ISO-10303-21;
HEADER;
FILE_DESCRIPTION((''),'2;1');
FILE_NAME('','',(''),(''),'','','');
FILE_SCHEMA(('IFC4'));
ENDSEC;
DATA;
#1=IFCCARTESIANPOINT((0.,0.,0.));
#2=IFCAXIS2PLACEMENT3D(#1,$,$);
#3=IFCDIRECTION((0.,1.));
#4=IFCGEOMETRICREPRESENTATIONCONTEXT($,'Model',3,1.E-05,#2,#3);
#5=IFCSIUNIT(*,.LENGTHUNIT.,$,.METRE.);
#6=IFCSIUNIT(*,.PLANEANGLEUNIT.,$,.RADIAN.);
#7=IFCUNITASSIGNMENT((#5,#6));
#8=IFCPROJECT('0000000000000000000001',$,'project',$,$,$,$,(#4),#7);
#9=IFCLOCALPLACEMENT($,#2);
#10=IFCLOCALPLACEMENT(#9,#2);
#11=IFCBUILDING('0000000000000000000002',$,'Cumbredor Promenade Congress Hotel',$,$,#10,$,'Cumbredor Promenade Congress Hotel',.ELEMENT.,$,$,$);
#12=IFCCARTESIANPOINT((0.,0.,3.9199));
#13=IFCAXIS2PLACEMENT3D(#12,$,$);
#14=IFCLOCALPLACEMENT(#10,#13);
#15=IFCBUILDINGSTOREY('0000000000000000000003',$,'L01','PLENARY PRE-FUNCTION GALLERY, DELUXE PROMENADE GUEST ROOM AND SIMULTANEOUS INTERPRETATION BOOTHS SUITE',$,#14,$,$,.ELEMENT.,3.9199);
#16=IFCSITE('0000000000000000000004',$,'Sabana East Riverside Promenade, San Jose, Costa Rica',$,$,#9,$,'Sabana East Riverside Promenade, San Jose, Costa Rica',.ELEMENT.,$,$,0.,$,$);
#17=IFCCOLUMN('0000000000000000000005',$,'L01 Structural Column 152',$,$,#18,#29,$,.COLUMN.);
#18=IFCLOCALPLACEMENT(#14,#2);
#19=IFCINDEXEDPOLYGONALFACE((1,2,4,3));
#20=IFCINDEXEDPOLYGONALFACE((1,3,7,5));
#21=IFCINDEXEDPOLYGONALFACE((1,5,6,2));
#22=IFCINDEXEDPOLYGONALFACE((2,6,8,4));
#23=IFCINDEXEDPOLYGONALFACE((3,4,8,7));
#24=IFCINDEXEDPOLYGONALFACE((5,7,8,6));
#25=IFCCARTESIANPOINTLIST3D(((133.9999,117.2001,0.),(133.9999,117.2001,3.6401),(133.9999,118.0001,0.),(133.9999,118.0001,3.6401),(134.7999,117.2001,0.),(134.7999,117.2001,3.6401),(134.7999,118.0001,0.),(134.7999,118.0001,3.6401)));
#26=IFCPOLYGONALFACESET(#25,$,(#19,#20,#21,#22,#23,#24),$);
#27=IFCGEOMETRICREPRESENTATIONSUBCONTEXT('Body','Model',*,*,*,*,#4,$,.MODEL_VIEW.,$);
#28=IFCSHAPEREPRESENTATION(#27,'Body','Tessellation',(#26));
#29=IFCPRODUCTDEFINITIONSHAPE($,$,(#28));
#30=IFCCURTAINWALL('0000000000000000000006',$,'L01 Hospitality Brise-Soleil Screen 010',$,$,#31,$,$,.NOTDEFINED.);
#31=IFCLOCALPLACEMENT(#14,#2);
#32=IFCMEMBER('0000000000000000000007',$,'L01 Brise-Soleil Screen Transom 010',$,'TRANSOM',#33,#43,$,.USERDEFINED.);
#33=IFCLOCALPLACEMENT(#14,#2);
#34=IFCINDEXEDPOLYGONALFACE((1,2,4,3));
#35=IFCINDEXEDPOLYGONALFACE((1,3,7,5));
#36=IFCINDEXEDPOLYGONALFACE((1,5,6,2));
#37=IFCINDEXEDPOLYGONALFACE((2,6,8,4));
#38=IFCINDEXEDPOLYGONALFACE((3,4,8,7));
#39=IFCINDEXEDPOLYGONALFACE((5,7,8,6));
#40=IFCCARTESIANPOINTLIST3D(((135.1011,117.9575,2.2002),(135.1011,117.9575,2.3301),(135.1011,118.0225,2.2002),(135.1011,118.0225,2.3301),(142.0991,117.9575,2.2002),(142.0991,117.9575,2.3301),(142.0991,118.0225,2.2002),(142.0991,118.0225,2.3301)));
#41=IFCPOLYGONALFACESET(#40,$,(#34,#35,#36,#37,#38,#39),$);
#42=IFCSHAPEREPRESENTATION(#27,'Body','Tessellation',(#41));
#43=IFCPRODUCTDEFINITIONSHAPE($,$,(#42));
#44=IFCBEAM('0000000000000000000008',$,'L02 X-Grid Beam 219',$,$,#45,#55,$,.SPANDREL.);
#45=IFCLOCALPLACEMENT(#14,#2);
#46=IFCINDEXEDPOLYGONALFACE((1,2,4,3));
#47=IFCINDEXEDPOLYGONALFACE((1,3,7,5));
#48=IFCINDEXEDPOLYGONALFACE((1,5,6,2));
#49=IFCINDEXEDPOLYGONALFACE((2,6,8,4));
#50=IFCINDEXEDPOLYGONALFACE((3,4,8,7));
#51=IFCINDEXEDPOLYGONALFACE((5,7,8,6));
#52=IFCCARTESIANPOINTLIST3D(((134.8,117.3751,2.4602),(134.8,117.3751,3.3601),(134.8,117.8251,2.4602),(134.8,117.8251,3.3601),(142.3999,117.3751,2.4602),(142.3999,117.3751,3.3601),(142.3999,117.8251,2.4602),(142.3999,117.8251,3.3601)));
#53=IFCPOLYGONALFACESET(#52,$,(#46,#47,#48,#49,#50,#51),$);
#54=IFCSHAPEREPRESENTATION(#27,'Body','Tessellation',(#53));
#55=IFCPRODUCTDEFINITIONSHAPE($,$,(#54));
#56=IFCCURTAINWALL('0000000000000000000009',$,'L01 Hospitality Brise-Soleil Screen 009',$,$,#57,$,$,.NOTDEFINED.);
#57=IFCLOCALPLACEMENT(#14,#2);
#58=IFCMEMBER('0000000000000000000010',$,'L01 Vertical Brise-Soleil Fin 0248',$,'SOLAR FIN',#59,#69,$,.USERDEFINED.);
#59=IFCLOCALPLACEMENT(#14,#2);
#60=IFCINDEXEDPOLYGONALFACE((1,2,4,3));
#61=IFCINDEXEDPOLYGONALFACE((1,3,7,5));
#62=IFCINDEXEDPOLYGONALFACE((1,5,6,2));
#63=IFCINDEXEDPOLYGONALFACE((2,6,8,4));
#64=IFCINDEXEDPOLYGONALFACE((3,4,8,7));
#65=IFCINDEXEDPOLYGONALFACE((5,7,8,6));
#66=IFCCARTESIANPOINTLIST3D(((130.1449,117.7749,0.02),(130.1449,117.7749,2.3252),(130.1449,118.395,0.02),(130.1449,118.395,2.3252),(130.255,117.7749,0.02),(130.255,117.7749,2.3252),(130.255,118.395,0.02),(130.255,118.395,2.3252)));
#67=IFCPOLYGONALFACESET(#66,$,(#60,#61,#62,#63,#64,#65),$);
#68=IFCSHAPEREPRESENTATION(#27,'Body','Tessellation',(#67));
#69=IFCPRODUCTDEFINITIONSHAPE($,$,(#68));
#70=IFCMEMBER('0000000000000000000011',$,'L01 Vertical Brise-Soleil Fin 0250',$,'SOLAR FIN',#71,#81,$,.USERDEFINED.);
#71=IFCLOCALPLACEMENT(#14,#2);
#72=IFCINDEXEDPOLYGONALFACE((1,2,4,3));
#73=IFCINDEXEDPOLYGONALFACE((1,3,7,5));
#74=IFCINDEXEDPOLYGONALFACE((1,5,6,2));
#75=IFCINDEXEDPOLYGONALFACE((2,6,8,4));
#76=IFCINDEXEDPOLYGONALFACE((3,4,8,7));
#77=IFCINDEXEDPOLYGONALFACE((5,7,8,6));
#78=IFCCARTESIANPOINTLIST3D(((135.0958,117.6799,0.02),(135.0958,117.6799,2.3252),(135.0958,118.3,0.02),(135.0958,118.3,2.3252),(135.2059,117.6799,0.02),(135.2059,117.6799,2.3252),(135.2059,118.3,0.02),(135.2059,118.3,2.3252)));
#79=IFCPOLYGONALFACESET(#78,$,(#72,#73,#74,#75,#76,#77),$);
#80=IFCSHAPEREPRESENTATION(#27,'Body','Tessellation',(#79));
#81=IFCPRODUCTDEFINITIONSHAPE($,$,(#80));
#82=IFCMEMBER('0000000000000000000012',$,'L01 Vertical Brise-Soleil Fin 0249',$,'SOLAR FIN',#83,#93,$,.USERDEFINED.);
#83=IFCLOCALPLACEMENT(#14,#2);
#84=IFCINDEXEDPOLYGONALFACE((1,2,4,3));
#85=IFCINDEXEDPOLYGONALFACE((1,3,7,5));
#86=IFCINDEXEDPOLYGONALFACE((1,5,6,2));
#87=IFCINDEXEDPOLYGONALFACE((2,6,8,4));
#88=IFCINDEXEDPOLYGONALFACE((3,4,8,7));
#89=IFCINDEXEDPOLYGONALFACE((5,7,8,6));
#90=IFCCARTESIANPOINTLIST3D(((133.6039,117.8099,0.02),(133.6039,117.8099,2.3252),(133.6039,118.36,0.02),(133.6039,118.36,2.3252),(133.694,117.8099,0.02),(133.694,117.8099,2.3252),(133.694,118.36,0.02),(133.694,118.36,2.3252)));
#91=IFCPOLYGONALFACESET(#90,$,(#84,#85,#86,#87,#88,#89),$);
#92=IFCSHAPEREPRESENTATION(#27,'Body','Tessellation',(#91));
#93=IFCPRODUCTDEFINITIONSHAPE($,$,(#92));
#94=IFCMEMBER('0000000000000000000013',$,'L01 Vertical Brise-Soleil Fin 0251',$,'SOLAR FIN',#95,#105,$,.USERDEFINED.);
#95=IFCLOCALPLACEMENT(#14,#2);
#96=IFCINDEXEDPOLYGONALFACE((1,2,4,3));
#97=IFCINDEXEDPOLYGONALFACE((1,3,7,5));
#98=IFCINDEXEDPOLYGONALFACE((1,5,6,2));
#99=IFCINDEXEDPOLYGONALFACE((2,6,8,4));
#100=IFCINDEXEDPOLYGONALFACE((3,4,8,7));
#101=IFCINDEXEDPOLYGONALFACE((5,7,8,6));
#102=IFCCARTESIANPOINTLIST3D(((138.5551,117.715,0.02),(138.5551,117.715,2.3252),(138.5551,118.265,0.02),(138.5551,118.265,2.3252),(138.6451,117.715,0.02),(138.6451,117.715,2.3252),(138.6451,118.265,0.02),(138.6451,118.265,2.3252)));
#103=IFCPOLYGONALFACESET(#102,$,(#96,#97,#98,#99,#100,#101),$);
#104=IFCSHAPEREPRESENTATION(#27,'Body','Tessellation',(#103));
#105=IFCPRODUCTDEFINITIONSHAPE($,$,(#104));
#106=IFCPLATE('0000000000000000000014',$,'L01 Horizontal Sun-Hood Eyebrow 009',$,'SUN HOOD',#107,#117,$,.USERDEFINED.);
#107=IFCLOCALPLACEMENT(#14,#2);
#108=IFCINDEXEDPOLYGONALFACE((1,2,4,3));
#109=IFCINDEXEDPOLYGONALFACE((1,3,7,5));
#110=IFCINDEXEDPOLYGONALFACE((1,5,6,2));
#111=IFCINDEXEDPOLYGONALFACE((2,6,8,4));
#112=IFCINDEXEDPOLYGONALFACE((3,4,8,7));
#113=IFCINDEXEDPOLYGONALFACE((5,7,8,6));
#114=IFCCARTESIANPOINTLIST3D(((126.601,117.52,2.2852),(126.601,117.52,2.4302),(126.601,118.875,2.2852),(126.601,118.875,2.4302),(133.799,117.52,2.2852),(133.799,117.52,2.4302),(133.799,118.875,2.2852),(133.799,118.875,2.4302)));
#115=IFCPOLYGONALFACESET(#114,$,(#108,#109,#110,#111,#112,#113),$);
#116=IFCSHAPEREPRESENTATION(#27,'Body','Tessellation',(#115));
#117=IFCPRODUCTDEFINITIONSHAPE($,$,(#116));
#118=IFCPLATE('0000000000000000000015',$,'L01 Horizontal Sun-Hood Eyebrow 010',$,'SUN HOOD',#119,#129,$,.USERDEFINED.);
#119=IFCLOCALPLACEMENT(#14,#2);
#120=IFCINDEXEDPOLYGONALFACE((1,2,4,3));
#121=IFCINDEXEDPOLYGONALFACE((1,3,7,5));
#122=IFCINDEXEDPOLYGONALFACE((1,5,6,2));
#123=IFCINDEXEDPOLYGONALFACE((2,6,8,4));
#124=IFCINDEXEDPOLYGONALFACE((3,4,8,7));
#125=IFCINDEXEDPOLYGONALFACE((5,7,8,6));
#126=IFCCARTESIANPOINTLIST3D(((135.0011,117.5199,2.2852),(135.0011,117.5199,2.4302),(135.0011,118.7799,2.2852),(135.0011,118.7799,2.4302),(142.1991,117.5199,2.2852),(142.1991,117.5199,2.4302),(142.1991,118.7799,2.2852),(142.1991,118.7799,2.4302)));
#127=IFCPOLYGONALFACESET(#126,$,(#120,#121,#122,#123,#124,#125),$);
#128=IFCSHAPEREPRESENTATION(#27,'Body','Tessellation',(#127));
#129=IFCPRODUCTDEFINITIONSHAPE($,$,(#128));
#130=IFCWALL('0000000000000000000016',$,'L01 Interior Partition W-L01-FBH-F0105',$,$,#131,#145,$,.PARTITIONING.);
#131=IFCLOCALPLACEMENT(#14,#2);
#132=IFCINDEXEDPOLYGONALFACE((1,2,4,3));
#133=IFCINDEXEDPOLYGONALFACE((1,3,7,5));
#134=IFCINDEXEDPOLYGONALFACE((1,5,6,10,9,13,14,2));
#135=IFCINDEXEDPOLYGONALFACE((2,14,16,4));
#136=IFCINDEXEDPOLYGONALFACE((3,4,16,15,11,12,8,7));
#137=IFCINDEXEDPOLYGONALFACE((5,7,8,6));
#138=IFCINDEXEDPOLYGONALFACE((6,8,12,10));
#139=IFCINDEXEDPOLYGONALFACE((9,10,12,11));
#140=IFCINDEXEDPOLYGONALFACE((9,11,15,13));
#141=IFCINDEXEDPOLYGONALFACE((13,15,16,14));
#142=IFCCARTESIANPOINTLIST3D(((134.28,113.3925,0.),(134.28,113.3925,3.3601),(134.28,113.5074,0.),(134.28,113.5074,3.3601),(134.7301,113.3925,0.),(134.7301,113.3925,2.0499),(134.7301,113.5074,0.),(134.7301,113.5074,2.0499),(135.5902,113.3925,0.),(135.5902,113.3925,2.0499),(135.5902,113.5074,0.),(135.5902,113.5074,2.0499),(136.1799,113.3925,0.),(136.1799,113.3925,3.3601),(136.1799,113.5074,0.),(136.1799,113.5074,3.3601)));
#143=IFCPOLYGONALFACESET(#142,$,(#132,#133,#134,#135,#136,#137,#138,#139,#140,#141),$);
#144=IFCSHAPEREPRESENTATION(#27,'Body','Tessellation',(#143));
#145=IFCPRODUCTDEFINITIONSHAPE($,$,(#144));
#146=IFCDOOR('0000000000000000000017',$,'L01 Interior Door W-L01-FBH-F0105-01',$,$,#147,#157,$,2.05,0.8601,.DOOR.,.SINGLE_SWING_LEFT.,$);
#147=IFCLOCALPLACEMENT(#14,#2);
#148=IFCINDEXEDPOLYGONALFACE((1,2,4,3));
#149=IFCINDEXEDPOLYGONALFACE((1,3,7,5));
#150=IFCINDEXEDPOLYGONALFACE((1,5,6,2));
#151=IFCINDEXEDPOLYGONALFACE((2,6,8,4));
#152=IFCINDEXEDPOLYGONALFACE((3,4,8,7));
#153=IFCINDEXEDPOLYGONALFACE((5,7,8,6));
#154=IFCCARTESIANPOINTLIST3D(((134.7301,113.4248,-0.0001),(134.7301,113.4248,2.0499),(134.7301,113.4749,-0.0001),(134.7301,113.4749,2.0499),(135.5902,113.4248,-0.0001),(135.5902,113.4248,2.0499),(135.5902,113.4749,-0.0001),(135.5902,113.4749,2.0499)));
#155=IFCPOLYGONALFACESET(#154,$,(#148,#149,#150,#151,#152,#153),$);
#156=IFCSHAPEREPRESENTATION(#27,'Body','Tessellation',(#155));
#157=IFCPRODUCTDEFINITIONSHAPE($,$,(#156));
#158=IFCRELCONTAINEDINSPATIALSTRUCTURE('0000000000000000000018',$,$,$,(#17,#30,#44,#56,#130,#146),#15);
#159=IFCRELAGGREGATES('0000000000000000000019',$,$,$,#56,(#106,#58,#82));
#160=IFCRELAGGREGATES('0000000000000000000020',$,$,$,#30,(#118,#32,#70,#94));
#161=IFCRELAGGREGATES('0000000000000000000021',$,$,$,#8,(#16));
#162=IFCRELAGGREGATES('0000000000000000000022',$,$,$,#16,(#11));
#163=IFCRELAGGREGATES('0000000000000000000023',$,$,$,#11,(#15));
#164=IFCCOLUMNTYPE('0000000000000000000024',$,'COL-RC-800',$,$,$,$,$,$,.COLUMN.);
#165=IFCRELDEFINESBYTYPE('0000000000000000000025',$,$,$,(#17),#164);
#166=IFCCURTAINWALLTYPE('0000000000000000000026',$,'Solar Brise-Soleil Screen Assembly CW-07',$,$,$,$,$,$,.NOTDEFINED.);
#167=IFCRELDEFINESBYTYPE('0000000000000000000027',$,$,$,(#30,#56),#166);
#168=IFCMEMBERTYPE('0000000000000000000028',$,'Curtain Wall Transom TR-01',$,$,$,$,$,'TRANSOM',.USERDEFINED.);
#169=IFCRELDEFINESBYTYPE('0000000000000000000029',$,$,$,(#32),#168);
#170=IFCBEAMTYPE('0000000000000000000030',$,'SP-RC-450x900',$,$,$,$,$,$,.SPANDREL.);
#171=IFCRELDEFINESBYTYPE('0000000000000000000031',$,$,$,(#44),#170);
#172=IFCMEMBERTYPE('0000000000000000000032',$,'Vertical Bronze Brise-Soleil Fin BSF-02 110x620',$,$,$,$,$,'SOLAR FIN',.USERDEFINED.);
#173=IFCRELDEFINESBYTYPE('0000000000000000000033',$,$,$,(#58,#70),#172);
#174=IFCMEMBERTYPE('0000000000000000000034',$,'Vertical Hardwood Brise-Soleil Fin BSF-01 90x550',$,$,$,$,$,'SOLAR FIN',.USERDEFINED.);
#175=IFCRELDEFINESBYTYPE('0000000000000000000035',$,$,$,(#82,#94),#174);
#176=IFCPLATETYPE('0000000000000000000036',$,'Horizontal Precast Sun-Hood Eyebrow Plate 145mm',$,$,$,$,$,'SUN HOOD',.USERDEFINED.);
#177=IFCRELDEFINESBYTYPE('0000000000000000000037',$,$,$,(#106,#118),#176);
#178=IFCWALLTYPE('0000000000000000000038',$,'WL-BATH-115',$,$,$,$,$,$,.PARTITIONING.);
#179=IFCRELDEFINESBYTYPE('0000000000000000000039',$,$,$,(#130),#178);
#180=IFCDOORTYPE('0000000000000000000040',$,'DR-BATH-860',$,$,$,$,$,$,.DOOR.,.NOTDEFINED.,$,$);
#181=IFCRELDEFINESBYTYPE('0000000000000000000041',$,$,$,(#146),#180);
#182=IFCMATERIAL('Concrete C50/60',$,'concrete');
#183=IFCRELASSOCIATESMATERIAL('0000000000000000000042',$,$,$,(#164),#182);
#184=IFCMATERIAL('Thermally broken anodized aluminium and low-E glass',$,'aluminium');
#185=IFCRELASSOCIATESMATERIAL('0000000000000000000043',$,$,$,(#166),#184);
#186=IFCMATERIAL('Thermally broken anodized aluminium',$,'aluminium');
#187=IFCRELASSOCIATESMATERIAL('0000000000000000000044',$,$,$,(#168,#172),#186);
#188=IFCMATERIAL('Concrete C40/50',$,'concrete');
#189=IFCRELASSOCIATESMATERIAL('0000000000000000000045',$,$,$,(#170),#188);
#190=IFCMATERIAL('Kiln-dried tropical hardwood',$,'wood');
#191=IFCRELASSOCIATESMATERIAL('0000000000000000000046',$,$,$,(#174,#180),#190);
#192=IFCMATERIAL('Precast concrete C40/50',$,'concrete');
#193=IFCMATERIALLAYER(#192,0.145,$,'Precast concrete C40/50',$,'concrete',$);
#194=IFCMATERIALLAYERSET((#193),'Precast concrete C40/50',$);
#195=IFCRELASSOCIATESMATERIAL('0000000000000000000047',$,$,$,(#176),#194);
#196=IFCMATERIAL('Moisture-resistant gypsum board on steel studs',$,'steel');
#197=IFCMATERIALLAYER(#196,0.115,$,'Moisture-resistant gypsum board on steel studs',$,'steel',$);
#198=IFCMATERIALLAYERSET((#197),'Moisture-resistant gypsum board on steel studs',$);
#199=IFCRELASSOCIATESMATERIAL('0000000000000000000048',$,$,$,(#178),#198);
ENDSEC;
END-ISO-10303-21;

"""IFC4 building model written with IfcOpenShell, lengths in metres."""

from ifc_helpers import new_model, si_unit, direction, frame, frame_2d, origin, origin_2d, place, context, subcontext, project, spatial, rectangle, extrude, material, layer, layer_set, material_profile, profile_set, type_object, element, fill, aggregate, save


model = new_model("IFC4")

# Units and contexts
model_context = context("Model", 3, precision=1e-05, world=origin(), true_north=direction((0.0, 1.0)))
body_context = subcontext(model_context, "Body", "Model", "MODEL_VIEW")
ifc_project = project(units=[si_unit("LENGTHUNIT", "METRE"), si_unit("PLANEANGLEUNIT", "RADIAN")], contexts=[model_context])

# Site, building, storey
site_placement = place(None, origin())
site = spatial("IfcSite", under=ifc_project, at=site_placement, Name="Sabana East Riverside Promenade, San Jose, Costa Rica", LongName="Sabana East Riverside Promenade, San Jose, Costa Rica", CompositionType="ELEMENT", RefElevation=0.0)
building_placement = place(site_placement, origin())
building = spatial("IfcBuilding", under=site, at=building_placement, Name="Cumbredor Promenade Congress Hotel", LongName="Cumbredor Promenade Congress Hotel", CompositionType="ELEMENT")
storey_placement = place(building_placement, frame((0.0, 0.0, 3.9199)))
storey = spatial("IfcBuildingStorey", under=building, at=storey_placement, Name="L01", Description="PLENARY PRE-FUNCTION GALLERY, DELUXE PROMENADE GUEST ROOM AND SIMULTANEOUS INTERPRETATION BOOTHS SUITE", CompositionType="ELEMENT", Elevation=3.9199)

# Column
ifc_material_1 = material(Name="Concrete C50/60", Category="concrete")
ifc_material_profile_1 = material_profile(ifc_material_1, rectangle(XDim=0.8, YDim=0.8, at=origin_2d()), Name="RC 800x800")
ifc_profile_set_1 = profile_set([ifc_material_profile_1], Name="Concrete C50/60")
column_type = type_object("IfcColumnType", Name="COL-RC-800", PredefinedType="COLUMN", material=ifc_profile_set_1)
column_placement = place(storey_placement, frame((134.3999, 117.6001, 0.0), z_axis=(0.0, 0.0, 1.0), x_axis=(1.0, 0.0, 0.0)))
element("IfcColumn", 1, at=column_placement, inside=storey, type_object=column_type, Name="L01 Structural Column 152", PredefinedType="COLUMN", context=body_context, shape_type="SweptSolid", body=[
    extrude(rectangle(XDim=0.8, YDim=0.8, at=origin_2d()), origin(), (0.0, 0.0, 1.0), 3.6401),
])

# Curtain wall, member
ifc_material_2 = material(Name="Thermally broken anodized aluminium and low-E glass", Category="aluminium")
curtain_wall_type = type_object("IfcCurtainWallType", Name="Solar Brise-Soleil Screen Assembly CW-07", PredefinedType="NOTDEFINED", material=ifc_material_2)
curtain_wall_1_placement = place(storey_placement, origin())
curtain_wall_1 = element("IfcCurtainWall", 2, at=curtain_wall_1_placement, inside=storey, type_object=curtain_wall_type, Name="L01 Hospitality Brise-Soleil Screen 010", PredefinedType="NOTDEFINED")
ifc_material_3 = material(Name="Thermally broken anodized aluminium", Category="aluminium")
ifc_material_profile_2 = material_profile(ifc_material_3, rectangle(XDim=0.0649, YDim=0.1299, at=origin_2d()), Name="ALU TRANSOM 65x130")
ifc_profile_set_2 = profile_set([ifc_material_profile_2], Name="Thermally broken anodized aluminium")
member_type_1 = type_object("IfcMemberType", Name="Curtain Wall Transom TR-01", ElementType="TRANSOM", PredefinedType="USERDEFINED", material=ifc_profile_set_2)
member_1_placement = place(storey_placement, frame((135.1011, 117.99, 2.2651), z_axis=(1.0, 0.0, 0.0), x_axis=(0.0, 1.0, 0.0)))
member_1 = element("IfcMember", 3, at=member_1_placement, type_object=member_type_1, Name="L01 Brise-Soleil Screen Transom 010", ObjectType="TRANSOM", PredefinedType="USERDEFINED", context=body_context, shape_type="SweptSolid", body=[
    extrude(rectangle(XDim=0.0649, YDim=0.1299, at=origin_2d()), origin(), (0.0, 0.0, 1.0), 6.998),
])

# Beam
ifc_material_4 = material(Name="Concrete C40/50", Category="concrete")
ifc_material_profile_3 = material_profile(ifc_material_4, rectangle(XDim=0.45, YDim=0.8999, at=origin_2d()), Name="RC SPANDREL 450x900")
ifc_profile_set_3 = profile_set([ifc_material_profile_3], Name="Concrete C40/50")
beam_type = type_object("IfcBeamType", Name="SP-RC-450x900", PredefinedType="SPANDREL", material=ifc_profile_set_3)
beam_placement = place(storey_placement, frame((134.8, 117.6001, 2.9102), z_axis=(1.0, 0.0, 0.0), x_axis=(0.0, 1.0, 0.0)))
element("IfcBeam", 4, at=beam_placement, inside=storey, type_object=beam_type, Name="L02 X-Grid Beam 219", PredefinedType="SPANDREL", context=body_context, shape_type="SweptSolid", body=[
    extrude(rectangle(XDim=0.45, YDim=0.8999, at=origin_2d()), origin(), (0.0, 0.0, 1.0), 7.5999),
])

# Curtain wall, member
curtain_wall_2_placement = place(storey_placement, origin())
curtain_wall_2 = element("IfcCurtainWall", 5, at=curtain_wall_2_placement, inside=storey, type_object=curtain_wall_type, Name="L01 Hospitality Brise-Soleil Screen 009", PredefinedType="NOTDEFINED")
ifc_material_profile_4 = material_profile(ifc_material_3, rectangle(XDim=0.1101, YDim=0.6201, at=origin_2d()), Name="ARCH FIN 110x620")
ifc_profile_set_4 = profile_set([ifc_material_profile_4], Name="Thermally broken anodized aluminium")
member_type_2 = type_object("IfcMemberType", Name="Vertical Bronze Brise-Soleil Fin BSF-02 110x620", ElementType="SOLAR FIN", PredefinedType="USERDEFINED", material=ifc_profile_set_4)
member_2_placement = place(storey_placement, frame((130.2, 118.085, 0.02), z_axis=(0.0, 0.0, 1.0), x_axis=(1.0, 0.0, 0.0)))
member_2 = element("IfcMember", 6, at=member_2_placement, type_object=member_type_2, Name="L01 Vertical Brise-Soleil Fin 0248", ObjectType="SOLAR FIN", PredefinedType="USERDEFINED", context=body_context, shape_type="SweptSolid", body=[
    extrude(rectangle(XDim=0.1101, YDim=0.6201, at=origin_2d()), origin(), (0.0, 0.0, 1.0), 2.3052),
])

# Members
member_3_placement = place(storey_placement, frame((135.1509, 117.99, 0.02), z_axis=(0.0, 0.0, 1.0), x_axis=(1.0, 0.0, 0.0)))
member_3 = element("IfcMember", 7, at=member_3_placement, type_object=member_type_2, Name="L01 Vertical Brise-Soleil Fin 0250", ObjectType="SOLAR FIN", PredefinedType="USERDEFINED", context=body_context, shape_type="SweptSolid", body=[
    extrude(rectangle(XDim=0.1101, YDim=0.6201, at=origin_2d()), origin(), (0.0, 0.0, 1.0), 2.3052),
])
ifc_material_5 = material(Name="Kiln-dried tropical hardwood", Category="wood")
ifc_material_profile_5 = material_profile(ifc_material_5, rectangle(XDim=0.0901, YDim=0.55, at=origin_2d()), Name="ARCH FIN 90x550")
ifc_profile_set_5 = profile_set([ifc_material_profile_5], Name="Kiln-dried tropical hardwood")
member_type_3 = type_object("IfcMemberType", Name="Vertical Hardwood Brise-Soleil Fin BSF-01 90x550", ElementType="SOLAR FIN", PredefinedType="USERDEFINED", material=ifc_profile_set_5)
member_4_placement = place(storey_placement, frame((133.6489, 118.085, 0.02), z_axis=(0.0, 0.0, 1.0), x_axis=(1.0, 0.0, 0.0)))
member_4 = element("IfcMember", 8, at=member_4_placement, type_object=member_type_3, Name="L01 Vertical Brise-Soleil Fin 0249", ObjectType="SOLAR FIN", PredefinedType="USERDEFINED", context=body_context, shape_type="SweptSolid", body=[
    extrude(rectangle(XDim=0.0901, YDim=0.55, at=origin_2d()), origin(), (0.0, 0.0, 1.0), 2.3052),
])
member_5_placement = place(storey_placement, frame((138.6001, 117.99, 0.02), z_axis=(0.0, 0.0, 1.0), x_axis=(1.0, 0.0, 0.0)))
member_5 = element("IfcMember", 9, at=member_5_placement, type_object=member_type_3, Name="L01 Vertical Brise-Soleil Fin 0251", ObjectType="SOLAR FIN", PredefinedType="USERDEFINED", context=body_context, shape_type="SweptSolid", body=[
    extrude(rectangle(XDim=0.0901, YDim=0.55, at=origin_2d()), origin(), (0.0, 0.0, 1.0), 2.3052),
])

# Plates
ifc_material_6 = material(Name="Precast concrete C40/50", Category="concrete")
ifc_layer_1 = layer(ifc_material_6, 0.145, Name="Precast concrete C40/50", Category="concrete")
ifc_layer_set_1 = layer_set([ifc_layer_1], Name="Precast concrete C40/50")
plate_type = type_object("IfcPlateType", Name="Horizontal Precast Sun-Hood Eyebrow Plate 145mm", ElementType="SUN HOOD", PredefinedType="USERDEFINED", material=ifc_layer_set_1)
plate_1_placement = place(storey_placement, frame((130.2, 118.1975, 2.2852), z_axis=(0.0, 0.0, 1.0), x_axis=(1.0, 0.0, 0.0)))
plate_1 = element("IfcPlate", 10, at=plate_1_placement, type_object=plate_type, Name="L01 Horizontal Sun-Hood Eyebrow 009", ObjectType="SUN HOOD", PredefinedType="USERDEFINED", context=body_context, shape_type="SweptSolid", body=[
    extrude(rectangle(XDim=7.198, YDim=1.355, at=origin_2d()), origin(), (0.0, 0.0, 1.0), 0.145),
])
aggregate(curtain_wall_2, [plate_1, member_2, member_4])
plate_2_placement = place(storey_placement, frame((138.6001, 118.1499, 2.2852), z_axis=(0.0, 0.0, 1.0), x_axis=(1.0, 0.0, 0.0)))
plate_2 = element("IfcPlate", 11, at=plate_2_placement, type_object=plate_type, Name="L01 Horizontal Sun-Hood Eyebrow 010", ObjectType="SUN HOOD", PredefinedType="USERDEFINED", context=body_context, shape_type="SweptSolid", body=[
    extrude(rectangle(XDim=7.198, YDim=1.26, at=origin_2d()), origin(), (0.0, 0.0, 1.0), 0.145),
])
aggregate(curtain_wall_1, [plate_2, member_1, member_3, member_5])

# Wall, opening, door
ifc_material_7 = material(Name="Moisture-resistant gypsum board on steel studs", Category="steel")
ifc_layer_2 = layer(ifc_material_7, 0.115, Name="Moisture-resistant gypsum board on steel studs", Category="steel")
ifc_layer_set_2 = layer_set([ifc_layer_2], Name="Moisture-resistant gypsum board on steel studs")
wall_type_1 = type_object("IfcWallType", Name="WL-BATH-115", PredefinedType="PARTITIONING", material=ifc_layer_set_2)
wall_1_placement = place(storey_placement, frame((134.28, 113.45, 0.0), z_axis=(0.0, 0.0, 1.0), x_axis=(1.0, 0.0, 0.0)))
wall_1 = element("IfcWall", 12, at=wall_1_placement, inside=storey, type_object=wall_type_1, Name="L01 Interior Partition W-L01-FBH-F0105", PredefinedType="PARTITIONING", context=body_context, shape_type="SweptSolid", body=[
    extrude(rectangle(XDim=1.8999, YDim=0.115, at=frame_2d((0.95, 0.0))), origin(), (0.0, 0.0, 1.0), 3.3601),
])
opening_1_placement = place(wall_1_placement, frame((0.45, 0.0, 0.0)))
opening_1 = element("IfcOpeningElement", 13, at=opening_1_placement, cuts=wall_1, PredefinedType="OPENING", context=body_context, shape_type="SweptSolid", body=[
    extrude(rectangle(XDim=0.8601, YDim=2.05, at=frame_2d((0.4302, 1.0249))), frame((0.0, 0.0674, 0.0), z_axis=(0.0, -1.0, 0.0), x_axis=(1.0, 0.0, 0.0)), (0.0, 0.0, 1.0), 0.135),
])
door_type = type_object("IfcDoorType", Name="DR-BATH-860", OperationType="NOTDEFINED", PredefinedType="DOOR", material=ifc_material_5)
door_1_placement = place(opening_1_placement, origin())
door_1 = element("IfcDoor", 14, at=door_1_placement, inside=storey, type_object=door_type, Name="L01 Interior Door W-L01-FBH-F0105-01", OperationType="SINGLE_SWING_LEFT", OverallHeight=2.05, OverallWidth=0.8601, PredefinedType="DOOR", context=body_context, shape_type="SweptSolid", body=[
    extrude(rectangle(XDim=0.8601, YDim=2.05, at=frame_2d((0.4302, 1.0249))), frame((0.0, 0.0249, 0.0), z_axis=(0.0, -1.0, 0.0), x_axis=(1.0, 0.0, 0.0)), (0.0, 0.0, 1.0), 0.05),
])
fill(opening_1, door_1)

save(model, "model.ifc")
